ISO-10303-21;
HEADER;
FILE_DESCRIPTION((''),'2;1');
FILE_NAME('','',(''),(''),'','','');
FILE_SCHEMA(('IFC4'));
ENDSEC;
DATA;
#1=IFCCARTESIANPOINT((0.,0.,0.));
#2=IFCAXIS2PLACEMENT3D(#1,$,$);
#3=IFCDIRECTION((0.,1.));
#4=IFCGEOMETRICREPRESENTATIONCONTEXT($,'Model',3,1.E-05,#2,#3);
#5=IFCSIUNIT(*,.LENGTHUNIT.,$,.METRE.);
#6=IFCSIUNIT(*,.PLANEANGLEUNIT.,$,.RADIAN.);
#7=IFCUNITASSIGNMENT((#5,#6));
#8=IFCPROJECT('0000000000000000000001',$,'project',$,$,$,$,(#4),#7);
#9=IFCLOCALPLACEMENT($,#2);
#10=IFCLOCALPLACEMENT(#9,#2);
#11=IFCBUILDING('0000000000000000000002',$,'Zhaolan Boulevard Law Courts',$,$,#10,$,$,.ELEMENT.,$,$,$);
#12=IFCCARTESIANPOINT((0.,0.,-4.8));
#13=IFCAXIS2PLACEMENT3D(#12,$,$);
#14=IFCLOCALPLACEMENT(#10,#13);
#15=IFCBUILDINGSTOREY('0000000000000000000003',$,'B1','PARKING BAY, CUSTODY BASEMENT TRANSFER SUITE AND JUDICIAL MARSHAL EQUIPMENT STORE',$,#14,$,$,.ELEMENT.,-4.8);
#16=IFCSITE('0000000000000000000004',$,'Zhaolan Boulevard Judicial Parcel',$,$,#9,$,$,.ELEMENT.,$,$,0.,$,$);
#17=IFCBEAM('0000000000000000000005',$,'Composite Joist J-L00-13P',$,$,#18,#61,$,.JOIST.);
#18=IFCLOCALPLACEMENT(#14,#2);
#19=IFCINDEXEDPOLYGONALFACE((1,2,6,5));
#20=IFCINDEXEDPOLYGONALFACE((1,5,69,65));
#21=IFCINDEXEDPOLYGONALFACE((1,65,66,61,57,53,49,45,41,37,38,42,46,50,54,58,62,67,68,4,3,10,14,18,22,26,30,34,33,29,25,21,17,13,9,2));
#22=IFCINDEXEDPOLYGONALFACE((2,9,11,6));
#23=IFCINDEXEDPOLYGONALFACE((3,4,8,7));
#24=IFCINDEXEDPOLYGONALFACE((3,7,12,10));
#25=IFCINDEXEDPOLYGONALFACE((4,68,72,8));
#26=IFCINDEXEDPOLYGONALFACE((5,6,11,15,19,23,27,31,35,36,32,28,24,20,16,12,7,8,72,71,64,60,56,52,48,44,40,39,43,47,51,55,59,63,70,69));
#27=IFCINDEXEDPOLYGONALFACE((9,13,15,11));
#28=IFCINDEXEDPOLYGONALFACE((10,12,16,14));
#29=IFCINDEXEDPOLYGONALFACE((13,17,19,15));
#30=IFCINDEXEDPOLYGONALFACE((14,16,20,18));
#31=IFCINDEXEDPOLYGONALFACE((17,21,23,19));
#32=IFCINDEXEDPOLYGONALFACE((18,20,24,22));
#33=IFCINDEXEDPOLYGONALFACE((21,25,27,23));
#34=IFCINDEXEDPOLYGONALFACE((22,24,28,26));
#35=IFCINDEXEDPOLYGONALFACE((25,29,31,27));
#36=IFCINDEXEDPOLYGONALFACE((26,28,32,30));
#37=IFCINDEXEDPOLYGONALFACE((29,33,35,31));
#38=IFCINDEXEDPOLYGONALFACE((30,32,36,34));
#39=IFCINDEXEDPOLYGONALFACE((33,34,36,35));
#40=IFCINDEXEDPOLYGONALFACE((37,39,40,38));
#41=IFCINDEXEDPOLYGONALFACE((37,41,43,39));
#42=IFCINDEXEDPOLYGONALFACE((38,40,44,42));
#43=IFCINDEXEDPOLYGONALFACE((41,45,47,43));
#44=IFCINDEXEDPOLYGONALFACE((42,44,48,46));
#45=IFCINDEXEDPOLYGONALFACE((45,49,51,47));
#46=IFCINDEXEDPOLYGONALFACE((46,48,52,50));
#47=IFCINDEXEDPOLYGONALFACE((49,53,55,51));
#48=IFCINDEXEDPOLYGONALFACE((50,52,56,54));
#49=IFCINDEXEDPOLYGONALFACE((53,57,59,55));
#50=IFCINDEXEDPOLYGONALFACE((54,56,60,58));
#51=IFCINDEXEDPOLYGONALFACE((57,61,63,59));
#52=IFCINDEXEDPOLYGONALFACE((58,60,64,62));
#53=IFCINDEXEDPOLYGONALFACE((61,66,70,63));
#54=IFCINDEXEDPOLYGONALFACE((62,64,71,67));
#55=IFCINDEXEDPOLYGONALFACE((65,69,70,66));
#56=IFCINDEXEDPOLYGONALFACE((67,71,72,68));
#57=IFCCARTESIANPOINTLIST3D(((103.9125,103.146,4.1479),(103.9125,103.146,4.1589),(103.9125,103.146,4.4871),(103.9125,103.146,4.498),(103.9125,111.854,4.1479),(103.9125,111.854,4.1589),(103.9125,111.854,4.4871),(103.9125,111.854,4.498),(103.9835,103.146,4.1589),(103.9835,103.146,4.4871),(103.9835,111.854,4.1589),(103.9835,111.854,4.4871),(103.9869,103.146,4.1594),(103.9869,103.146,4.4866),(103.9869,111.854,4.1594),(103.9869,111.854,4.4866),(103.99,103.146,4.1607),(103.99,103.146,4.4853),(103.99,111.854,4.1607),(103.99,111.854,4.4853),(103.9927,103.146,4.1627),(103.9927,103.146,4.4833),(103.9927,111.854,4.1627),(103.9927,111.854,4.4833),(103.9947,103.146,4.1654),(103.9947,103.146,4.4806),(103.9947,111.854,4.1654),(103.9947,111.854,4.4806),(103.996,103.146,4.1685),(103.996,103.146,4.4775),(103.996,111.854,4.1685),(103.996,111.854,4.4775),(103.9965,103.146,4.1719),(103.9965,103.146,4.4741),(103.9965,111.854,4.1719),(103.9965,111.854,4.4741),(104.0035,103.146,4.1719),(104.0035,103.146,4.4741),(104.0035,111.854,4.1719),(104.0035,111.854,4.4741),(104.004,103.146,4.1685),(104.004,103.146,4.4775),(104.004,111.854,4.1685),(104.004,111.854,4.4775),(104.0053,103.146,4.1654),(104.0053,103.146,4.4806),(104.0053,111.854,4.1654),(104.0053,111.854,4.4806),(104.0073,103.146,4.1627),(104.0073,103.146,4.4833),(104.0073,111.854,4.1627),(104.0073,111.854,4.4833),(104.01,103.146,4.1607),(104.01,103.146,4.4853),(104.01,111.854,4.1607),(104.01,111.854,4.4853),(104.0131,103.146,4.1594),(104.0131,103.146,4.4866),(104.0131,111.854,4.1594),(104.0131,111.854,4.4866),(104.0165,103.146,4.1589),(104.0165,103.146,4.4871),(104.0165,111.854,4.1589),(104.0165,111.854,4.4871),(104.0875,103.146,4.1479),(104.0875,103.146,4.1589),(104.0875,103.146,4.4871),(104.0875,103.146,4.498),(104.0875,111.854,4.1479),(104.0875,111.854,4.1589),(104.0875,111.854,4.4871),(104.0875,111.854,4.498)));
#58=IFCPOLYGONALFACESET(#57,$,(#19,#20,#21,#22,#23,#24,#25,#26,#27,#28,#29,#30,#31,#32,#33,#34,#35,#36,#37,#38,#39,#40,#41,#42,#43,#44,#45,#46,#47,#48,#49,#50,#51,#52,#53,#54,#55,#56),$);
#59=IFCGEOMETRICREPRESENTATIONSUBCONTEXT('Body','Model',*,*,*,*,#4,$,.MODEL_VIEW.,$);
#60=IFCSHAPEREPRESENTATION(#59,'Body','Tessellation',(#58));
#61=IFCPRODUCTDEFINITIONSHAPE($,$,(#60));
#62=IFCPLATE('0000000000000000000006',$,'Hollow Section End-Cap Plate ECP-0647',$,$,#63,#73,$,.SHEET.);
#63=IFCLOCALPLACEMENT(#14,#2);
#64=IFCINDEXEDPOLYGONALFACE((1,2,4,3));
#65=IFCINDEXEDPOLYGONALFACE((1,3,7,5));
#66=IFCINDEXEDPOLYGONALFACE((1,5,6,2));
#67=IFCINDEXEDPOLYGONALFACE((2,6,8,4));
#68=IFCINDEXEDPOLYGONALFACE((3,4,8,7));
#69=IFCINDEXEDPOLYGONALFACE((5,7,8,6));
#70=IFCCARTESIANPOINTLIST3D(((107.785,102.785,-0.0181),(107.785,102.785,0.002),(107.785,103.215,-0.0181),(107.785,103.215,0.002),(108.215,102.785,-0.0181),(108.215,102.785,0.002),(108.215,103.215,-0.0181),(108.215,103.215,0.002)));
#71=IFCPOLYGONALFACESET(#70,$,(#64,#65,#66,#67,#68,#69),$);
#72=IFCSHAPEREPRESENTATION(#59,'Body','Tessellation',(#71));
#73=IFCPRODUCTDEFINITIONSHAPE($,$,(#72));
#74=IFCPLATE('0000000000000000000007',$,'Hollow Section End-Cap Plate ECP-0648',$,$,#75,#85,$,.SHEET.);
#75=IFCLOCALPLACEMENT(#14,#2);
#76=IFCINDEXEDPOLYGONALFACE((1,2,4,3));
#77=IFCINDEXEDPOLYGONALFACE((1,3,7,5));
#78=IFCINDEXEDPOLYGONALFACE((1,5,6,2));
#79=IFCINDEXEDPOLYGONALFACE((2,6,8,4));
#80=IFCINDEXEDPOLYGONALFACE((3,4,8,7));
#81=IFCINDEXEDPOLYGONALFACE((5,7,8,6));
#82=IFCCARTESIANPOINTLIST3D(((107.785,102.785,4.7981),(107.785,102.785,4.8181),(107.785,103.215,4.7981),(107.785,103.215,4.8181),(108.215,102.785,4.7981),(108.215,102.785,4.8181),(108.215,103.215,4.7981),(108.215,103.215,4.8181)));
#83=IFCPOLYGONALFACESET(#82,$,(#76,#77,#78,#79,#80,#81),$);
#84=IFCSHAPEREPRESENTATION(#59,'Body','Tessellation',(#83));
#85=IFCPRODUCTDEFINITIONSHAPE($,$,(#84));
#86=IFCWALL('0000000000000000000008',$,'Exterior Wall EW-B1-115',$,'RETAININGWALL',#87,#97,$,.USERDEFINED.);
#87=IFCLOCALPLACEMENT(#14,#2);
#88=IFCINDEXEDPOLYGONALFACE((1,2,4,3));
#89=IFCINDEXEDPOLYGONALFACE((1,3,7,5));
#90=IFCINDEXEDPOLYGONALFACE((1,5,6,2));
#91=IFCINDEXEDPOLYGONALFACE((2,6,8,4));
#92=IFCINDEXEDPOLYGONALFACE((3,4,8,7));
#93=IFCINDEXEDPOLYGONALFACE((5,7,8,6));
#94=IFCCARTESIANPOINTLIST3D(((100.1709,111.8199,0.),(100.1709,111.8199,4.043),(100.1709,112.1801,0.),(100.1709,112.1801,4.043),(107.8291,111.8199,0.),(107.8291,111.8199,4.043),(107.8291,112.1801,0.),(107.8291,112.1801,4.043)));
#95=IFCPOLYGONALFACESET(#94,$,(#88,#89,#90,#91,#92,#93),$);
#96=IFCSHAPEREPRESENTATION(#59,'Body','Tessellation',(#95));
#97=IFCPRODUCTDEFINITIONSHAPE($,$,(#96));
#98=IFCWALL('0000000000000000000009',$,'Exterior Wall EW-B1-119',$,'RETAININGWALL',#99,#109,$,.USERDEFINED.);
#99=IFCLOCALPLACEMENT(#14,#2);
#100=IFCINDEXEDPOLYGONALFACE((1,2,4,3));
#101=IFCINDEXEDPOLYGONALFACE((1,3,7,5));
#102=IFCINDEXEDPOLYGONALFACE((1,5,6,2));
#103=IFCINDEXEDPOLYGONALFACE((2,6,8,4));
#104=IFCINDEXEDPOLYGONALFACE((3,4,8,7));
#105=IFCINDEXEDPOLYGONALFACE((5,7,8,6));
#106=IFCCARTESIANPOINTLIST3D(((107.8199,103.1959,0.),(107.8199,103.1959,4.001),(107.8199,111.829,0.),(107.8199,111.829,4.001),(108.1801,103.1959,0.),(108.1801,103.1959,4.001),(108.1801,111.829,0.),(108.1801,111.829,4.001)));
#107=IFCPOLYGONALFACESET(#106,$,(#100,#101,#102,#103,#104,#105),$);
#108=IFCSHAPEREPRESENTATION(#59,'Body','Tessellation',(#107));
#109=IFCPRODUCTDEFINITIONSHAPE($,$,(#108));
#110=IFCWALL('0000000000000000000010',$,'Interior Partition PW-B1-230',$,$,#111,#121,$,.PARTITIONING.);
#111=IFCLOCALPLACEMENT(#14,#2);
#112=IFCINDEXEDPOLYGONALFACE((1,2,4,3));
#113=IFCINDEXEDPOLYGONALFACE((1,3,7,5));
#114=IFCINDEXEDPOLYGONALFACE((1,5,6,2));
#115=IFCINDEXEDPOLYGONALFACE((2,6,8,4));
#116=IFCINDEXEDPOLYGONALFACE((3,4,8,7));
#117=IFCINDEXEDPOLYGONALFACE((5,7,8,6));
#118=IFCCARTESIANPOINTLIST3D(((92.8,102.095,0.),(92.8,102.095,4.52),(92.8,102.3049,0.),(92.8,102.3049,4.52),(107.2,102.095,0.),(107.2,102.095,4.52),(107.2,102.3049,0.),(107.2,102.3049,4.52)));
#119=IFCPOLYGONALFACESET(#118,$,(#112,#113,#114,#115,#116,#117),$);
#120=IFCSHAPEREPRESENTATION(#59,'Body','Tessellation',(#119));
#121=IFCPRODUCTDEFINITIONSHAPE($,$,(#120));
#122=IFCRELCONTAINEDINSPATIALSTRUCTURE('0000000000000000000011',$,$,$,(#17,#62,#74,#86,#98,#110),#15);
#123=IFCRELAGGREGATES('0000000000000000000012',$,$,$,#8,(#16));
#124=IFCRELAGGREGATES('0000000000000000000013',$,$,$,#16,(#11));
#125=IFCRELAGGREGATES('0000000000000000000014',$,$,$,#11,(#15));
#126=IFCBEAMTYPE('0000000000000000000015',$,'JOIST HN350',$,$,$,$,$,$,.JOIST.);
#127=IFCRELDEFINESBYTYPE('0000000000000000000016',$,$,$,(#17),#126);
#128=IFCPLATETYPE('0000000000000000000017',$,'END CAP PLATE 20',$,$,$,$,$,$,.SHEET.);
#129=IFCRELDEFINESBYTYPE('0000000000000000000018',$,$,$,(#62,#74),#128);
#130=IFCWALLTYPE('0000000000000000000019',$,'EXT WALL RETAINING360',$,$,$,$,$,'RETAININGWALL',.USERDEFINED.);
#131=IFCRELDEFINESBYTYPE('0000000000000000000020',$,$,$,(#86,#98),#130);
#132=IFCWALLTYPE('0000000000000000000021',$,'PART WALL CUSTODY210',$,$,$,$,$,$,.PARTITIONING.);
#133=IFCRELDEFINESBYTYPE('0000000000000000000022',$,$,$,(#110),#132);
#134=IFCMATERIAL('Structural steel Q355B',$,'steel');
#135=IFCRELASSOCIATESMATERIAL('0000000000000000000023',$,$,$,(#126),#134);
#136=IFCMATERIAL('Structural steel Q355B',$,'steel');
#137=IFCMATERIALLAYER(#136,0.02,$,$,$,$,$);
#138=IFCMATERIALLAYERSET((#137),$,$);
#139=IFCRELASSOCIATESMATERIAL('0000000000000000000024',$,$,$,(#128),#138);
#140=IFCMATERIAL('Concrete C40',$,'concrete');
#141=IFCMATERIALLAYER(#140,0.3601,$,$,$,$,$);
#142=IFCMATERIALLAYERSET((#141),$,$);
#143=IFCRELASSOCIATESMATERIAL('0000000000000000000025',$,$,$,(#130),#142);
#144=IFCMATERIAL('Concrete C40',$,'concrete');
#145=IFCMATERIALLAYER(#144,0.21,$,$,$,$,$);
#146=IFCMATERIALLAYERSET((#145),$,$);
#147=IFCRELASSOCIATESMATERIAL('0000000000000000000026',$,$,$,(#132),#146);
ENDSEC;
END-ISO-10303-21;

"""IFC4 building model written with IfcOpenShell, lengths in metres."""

from ifc_helpers import new_model, si_unit, direction, frame, frame_2d, origin, origin_2d, place, context, subcontext, project, spatial, rectangle, i_section, extrude, material, layer, layer_set, material_profile, profile_set, type_object, element, save


model = new_model("IFC4")

# Units and contexts
model_context = context("Model", 3, precision=1e-05, world=origin(), true_north=direction((0.0, 1.0)))
body_context = subcontext(model_context, "Body", "Model", "MODEL_VIEW")
ifc_project = project(units=[si_unit("LENGTHUNIT", "METRE"), si_unit("PLANEANGLEUNIT", "RADIAN")], contexts=[model_context])

# Site, building, storey
site_placement = place(None, origin())
site = spatial("IfcSite", under=ifc_project, at=site_placement, Name="Zhaolan Boulevard Judicial Parcel", CompositionType="ELEMENT", RefElevation=0.0)
building_placement = place(site_placement, origin())
building = spatial("IfcBuilding", under=site, at=building_placement, Name="Zhaolan Boulevard Law Courts", CompositionType="ELEMENT")
storey_placement = place(building_placement, frame((0.0, 0.0, -4.8)))
storey = spatial("IfcBuildingStorey", under=building, at=storey_placement, Name="B1", Description="PARKING BAY, CUSTODY BASEMENT TRANSFER SUITE AND JUDICIAL MARSHAL EQUIPMENT STORE", CompositionType="ELEMENT", Elevation=-4.8)

# Beam
ifc_material_1 = material(Name="Structural steel Q355B", Category="steel")
ifc_material_profile_1 = material_profile(ifc_material_1, i_section(OverallWidth=0.175, OverallDepth=0.3501, WebThickness=0.0071, FlangeThickness=0.011, FilletRadius=0.0129, at=origin_2d()), Name="HN350x175")
ifc_profile_set_1 = profile_set([ifc_material_profile_1], Name="Structural steel Q355B")
beam_type_1 = type_object("IfcBeamType", Name="JOIST HN350", PredefinedType="JOIST", material=ifc_profile_set_1)
beam_1_placement = place(storey_placement, frame((104.0, 103.146, 4.323), z_axis=(0.0, 1.0, 0.0), x_axis=(-1.0, 0.0, 0.0)))
element("IfcBeam", 1, at=beam_1_placement, inside=storey, type_object=beam_type_1, Name="Composite Joist J-L00-13P", PredefinedType="JOIST", context=body_context, shape_type="SweptSolid", body=[
    extrude(i_section(OverallWidth=0.175, OverallDepth=0.3501, WebThickness=0.0071, FlangeThickness=0.011, FilletRadius=0.0129, at=origin_2d()), origin(), (0.0, 0.0, 1.0), 8.708),
])

# Plates
ifc_material_2 = material(Name="Structural steel Q355B", Category="steel")
ifc_layer_1 = layer(ifc_material_2, 0.02)
ifc_layer_set_1 = layer_set([ifc_layer_1])
plate_type = type_object("IfcPlateType", Name="END CAP PLATE 20", PredefinedType="SHEET", material=ifc_layer_set_1)
for number, where, z_axis, x_axis, name in (
    (2, (108.0, 103.0, -0.0181), (0.0, 0.0, 1.0), (1.0, 0.0, 0.0), "Hollow Section End-Cap Plate ECP-0647"),
    (3, (108.0, 103.0, 4.7981), (0.0, 0.0, 1.0), (1.0, 0.0, 0.0), "Hollow Section End-Cap Plate ECP-0648"),
):
    element("IfcPlate", number, at=place(storey_placement, frame(where, z_axis=z_axis, x_axis=x_axis)), inside=storey, type_object=plate_type, Name=name, PredefinedType="SHEET", context=body_context, shape_type="SweptSolid", body=[
        extrude(rectangle(XDim=0.4299, YDim=0.4299, at=origin_2d()), origin(), (0.0, 0.0, 1.0), 0.02),
    ])

# Walls
ifc_material_3 = material(Name="Concrete C40", Category="concrete")
ifc_layer_2 = layer(ifc_material_3, 0.3601)
ifc_layer_set_2 = layer_set([ifc_layer_2])
wall_type_1 = type_object("IfcWallType", Name="EXT WALL RETAINING360", ElementType="RETAININGWALL", PredefinedType="USERDEFINED", material=ifc_layer_set_2)
wall_1_placement = place(storey_placement, frame((107.8291, 112.0, 0.0), z_axis=(0.0, 0.0, 1.0), x_axis=(-1.0, 0.0, 0.0)))
element("IfcWall", 4, at=wall_1_placement, inside=storey, type_object=wall_type_1, Name="Exterior Wall EW-B1-115", ObjectType="RETAININGWALL", PredefinedType="USERDEFINED", context=body_context, shape_type="SweptSolid", body=[
    extrude(rectangle(XDim=7.6582, YDim=0.3601, at=frame_2d((3.8291, 0.0))), origin(), (0.0, 0.0, 1.0), 4.043),
])
wall_2_placement = place(storey_placement, frame((108.0, 103.196, 0.0), z_axis=(0.0, 0.0, 1.0), x_axis=(0.0, 1.0, 0.0)))
element("IfcWall", 5, at=wall_2_placement, inside=storey, type_object=wall_type_1, Name="Exterior Wall EW-B1-119", ObjectType="RETAININGWALL", PredefinedType="USERDEFINED", context=body_context, shape_type="SweptSolid", body=[
    extrude(rectangle(XDim=8.6331, YDim=0.3601, at=frame_2d((4.3164, 0.0))), origin(), (0.0, 0.0, 1.0), 4.001),
])
ifc_material_4 = material(Name="Concrete C40", Category="concrete")
ifc_layer_3 = layer(ifc_material_4, 0.21)
ifc_layer_set_3 = layer_set([ifc_layer_3])
wall_type_2 = type_object("IfcWallType", Name="PART WALL CUSTODY210", PredefinedType="PARTITIONING", material=ifc_layer_set_3)
wall_3_placement = place(storey_placement, frame((107.2, 102.2, 0.0), z_axis=(0.0, 0.0, 1.0), x_axis=(-1.0, 0.0, 0.0)))
element("IfcWall", 6, at=wall_3_placement, inside=storey, type_object=wall_type_2, Name="Interior Partition PW-B1-230", PredefinedType="PARTITIONING", context=body_context, shape_type="SweptSolid", body=[
    extrude(rectangle(XDim=14.3999, YDim=0.21, at=frame_2d((7.2, 0.0))), origin(), (0.0, 0.0, 1.0), 4.52),
])

save(model, "model.ifc")
